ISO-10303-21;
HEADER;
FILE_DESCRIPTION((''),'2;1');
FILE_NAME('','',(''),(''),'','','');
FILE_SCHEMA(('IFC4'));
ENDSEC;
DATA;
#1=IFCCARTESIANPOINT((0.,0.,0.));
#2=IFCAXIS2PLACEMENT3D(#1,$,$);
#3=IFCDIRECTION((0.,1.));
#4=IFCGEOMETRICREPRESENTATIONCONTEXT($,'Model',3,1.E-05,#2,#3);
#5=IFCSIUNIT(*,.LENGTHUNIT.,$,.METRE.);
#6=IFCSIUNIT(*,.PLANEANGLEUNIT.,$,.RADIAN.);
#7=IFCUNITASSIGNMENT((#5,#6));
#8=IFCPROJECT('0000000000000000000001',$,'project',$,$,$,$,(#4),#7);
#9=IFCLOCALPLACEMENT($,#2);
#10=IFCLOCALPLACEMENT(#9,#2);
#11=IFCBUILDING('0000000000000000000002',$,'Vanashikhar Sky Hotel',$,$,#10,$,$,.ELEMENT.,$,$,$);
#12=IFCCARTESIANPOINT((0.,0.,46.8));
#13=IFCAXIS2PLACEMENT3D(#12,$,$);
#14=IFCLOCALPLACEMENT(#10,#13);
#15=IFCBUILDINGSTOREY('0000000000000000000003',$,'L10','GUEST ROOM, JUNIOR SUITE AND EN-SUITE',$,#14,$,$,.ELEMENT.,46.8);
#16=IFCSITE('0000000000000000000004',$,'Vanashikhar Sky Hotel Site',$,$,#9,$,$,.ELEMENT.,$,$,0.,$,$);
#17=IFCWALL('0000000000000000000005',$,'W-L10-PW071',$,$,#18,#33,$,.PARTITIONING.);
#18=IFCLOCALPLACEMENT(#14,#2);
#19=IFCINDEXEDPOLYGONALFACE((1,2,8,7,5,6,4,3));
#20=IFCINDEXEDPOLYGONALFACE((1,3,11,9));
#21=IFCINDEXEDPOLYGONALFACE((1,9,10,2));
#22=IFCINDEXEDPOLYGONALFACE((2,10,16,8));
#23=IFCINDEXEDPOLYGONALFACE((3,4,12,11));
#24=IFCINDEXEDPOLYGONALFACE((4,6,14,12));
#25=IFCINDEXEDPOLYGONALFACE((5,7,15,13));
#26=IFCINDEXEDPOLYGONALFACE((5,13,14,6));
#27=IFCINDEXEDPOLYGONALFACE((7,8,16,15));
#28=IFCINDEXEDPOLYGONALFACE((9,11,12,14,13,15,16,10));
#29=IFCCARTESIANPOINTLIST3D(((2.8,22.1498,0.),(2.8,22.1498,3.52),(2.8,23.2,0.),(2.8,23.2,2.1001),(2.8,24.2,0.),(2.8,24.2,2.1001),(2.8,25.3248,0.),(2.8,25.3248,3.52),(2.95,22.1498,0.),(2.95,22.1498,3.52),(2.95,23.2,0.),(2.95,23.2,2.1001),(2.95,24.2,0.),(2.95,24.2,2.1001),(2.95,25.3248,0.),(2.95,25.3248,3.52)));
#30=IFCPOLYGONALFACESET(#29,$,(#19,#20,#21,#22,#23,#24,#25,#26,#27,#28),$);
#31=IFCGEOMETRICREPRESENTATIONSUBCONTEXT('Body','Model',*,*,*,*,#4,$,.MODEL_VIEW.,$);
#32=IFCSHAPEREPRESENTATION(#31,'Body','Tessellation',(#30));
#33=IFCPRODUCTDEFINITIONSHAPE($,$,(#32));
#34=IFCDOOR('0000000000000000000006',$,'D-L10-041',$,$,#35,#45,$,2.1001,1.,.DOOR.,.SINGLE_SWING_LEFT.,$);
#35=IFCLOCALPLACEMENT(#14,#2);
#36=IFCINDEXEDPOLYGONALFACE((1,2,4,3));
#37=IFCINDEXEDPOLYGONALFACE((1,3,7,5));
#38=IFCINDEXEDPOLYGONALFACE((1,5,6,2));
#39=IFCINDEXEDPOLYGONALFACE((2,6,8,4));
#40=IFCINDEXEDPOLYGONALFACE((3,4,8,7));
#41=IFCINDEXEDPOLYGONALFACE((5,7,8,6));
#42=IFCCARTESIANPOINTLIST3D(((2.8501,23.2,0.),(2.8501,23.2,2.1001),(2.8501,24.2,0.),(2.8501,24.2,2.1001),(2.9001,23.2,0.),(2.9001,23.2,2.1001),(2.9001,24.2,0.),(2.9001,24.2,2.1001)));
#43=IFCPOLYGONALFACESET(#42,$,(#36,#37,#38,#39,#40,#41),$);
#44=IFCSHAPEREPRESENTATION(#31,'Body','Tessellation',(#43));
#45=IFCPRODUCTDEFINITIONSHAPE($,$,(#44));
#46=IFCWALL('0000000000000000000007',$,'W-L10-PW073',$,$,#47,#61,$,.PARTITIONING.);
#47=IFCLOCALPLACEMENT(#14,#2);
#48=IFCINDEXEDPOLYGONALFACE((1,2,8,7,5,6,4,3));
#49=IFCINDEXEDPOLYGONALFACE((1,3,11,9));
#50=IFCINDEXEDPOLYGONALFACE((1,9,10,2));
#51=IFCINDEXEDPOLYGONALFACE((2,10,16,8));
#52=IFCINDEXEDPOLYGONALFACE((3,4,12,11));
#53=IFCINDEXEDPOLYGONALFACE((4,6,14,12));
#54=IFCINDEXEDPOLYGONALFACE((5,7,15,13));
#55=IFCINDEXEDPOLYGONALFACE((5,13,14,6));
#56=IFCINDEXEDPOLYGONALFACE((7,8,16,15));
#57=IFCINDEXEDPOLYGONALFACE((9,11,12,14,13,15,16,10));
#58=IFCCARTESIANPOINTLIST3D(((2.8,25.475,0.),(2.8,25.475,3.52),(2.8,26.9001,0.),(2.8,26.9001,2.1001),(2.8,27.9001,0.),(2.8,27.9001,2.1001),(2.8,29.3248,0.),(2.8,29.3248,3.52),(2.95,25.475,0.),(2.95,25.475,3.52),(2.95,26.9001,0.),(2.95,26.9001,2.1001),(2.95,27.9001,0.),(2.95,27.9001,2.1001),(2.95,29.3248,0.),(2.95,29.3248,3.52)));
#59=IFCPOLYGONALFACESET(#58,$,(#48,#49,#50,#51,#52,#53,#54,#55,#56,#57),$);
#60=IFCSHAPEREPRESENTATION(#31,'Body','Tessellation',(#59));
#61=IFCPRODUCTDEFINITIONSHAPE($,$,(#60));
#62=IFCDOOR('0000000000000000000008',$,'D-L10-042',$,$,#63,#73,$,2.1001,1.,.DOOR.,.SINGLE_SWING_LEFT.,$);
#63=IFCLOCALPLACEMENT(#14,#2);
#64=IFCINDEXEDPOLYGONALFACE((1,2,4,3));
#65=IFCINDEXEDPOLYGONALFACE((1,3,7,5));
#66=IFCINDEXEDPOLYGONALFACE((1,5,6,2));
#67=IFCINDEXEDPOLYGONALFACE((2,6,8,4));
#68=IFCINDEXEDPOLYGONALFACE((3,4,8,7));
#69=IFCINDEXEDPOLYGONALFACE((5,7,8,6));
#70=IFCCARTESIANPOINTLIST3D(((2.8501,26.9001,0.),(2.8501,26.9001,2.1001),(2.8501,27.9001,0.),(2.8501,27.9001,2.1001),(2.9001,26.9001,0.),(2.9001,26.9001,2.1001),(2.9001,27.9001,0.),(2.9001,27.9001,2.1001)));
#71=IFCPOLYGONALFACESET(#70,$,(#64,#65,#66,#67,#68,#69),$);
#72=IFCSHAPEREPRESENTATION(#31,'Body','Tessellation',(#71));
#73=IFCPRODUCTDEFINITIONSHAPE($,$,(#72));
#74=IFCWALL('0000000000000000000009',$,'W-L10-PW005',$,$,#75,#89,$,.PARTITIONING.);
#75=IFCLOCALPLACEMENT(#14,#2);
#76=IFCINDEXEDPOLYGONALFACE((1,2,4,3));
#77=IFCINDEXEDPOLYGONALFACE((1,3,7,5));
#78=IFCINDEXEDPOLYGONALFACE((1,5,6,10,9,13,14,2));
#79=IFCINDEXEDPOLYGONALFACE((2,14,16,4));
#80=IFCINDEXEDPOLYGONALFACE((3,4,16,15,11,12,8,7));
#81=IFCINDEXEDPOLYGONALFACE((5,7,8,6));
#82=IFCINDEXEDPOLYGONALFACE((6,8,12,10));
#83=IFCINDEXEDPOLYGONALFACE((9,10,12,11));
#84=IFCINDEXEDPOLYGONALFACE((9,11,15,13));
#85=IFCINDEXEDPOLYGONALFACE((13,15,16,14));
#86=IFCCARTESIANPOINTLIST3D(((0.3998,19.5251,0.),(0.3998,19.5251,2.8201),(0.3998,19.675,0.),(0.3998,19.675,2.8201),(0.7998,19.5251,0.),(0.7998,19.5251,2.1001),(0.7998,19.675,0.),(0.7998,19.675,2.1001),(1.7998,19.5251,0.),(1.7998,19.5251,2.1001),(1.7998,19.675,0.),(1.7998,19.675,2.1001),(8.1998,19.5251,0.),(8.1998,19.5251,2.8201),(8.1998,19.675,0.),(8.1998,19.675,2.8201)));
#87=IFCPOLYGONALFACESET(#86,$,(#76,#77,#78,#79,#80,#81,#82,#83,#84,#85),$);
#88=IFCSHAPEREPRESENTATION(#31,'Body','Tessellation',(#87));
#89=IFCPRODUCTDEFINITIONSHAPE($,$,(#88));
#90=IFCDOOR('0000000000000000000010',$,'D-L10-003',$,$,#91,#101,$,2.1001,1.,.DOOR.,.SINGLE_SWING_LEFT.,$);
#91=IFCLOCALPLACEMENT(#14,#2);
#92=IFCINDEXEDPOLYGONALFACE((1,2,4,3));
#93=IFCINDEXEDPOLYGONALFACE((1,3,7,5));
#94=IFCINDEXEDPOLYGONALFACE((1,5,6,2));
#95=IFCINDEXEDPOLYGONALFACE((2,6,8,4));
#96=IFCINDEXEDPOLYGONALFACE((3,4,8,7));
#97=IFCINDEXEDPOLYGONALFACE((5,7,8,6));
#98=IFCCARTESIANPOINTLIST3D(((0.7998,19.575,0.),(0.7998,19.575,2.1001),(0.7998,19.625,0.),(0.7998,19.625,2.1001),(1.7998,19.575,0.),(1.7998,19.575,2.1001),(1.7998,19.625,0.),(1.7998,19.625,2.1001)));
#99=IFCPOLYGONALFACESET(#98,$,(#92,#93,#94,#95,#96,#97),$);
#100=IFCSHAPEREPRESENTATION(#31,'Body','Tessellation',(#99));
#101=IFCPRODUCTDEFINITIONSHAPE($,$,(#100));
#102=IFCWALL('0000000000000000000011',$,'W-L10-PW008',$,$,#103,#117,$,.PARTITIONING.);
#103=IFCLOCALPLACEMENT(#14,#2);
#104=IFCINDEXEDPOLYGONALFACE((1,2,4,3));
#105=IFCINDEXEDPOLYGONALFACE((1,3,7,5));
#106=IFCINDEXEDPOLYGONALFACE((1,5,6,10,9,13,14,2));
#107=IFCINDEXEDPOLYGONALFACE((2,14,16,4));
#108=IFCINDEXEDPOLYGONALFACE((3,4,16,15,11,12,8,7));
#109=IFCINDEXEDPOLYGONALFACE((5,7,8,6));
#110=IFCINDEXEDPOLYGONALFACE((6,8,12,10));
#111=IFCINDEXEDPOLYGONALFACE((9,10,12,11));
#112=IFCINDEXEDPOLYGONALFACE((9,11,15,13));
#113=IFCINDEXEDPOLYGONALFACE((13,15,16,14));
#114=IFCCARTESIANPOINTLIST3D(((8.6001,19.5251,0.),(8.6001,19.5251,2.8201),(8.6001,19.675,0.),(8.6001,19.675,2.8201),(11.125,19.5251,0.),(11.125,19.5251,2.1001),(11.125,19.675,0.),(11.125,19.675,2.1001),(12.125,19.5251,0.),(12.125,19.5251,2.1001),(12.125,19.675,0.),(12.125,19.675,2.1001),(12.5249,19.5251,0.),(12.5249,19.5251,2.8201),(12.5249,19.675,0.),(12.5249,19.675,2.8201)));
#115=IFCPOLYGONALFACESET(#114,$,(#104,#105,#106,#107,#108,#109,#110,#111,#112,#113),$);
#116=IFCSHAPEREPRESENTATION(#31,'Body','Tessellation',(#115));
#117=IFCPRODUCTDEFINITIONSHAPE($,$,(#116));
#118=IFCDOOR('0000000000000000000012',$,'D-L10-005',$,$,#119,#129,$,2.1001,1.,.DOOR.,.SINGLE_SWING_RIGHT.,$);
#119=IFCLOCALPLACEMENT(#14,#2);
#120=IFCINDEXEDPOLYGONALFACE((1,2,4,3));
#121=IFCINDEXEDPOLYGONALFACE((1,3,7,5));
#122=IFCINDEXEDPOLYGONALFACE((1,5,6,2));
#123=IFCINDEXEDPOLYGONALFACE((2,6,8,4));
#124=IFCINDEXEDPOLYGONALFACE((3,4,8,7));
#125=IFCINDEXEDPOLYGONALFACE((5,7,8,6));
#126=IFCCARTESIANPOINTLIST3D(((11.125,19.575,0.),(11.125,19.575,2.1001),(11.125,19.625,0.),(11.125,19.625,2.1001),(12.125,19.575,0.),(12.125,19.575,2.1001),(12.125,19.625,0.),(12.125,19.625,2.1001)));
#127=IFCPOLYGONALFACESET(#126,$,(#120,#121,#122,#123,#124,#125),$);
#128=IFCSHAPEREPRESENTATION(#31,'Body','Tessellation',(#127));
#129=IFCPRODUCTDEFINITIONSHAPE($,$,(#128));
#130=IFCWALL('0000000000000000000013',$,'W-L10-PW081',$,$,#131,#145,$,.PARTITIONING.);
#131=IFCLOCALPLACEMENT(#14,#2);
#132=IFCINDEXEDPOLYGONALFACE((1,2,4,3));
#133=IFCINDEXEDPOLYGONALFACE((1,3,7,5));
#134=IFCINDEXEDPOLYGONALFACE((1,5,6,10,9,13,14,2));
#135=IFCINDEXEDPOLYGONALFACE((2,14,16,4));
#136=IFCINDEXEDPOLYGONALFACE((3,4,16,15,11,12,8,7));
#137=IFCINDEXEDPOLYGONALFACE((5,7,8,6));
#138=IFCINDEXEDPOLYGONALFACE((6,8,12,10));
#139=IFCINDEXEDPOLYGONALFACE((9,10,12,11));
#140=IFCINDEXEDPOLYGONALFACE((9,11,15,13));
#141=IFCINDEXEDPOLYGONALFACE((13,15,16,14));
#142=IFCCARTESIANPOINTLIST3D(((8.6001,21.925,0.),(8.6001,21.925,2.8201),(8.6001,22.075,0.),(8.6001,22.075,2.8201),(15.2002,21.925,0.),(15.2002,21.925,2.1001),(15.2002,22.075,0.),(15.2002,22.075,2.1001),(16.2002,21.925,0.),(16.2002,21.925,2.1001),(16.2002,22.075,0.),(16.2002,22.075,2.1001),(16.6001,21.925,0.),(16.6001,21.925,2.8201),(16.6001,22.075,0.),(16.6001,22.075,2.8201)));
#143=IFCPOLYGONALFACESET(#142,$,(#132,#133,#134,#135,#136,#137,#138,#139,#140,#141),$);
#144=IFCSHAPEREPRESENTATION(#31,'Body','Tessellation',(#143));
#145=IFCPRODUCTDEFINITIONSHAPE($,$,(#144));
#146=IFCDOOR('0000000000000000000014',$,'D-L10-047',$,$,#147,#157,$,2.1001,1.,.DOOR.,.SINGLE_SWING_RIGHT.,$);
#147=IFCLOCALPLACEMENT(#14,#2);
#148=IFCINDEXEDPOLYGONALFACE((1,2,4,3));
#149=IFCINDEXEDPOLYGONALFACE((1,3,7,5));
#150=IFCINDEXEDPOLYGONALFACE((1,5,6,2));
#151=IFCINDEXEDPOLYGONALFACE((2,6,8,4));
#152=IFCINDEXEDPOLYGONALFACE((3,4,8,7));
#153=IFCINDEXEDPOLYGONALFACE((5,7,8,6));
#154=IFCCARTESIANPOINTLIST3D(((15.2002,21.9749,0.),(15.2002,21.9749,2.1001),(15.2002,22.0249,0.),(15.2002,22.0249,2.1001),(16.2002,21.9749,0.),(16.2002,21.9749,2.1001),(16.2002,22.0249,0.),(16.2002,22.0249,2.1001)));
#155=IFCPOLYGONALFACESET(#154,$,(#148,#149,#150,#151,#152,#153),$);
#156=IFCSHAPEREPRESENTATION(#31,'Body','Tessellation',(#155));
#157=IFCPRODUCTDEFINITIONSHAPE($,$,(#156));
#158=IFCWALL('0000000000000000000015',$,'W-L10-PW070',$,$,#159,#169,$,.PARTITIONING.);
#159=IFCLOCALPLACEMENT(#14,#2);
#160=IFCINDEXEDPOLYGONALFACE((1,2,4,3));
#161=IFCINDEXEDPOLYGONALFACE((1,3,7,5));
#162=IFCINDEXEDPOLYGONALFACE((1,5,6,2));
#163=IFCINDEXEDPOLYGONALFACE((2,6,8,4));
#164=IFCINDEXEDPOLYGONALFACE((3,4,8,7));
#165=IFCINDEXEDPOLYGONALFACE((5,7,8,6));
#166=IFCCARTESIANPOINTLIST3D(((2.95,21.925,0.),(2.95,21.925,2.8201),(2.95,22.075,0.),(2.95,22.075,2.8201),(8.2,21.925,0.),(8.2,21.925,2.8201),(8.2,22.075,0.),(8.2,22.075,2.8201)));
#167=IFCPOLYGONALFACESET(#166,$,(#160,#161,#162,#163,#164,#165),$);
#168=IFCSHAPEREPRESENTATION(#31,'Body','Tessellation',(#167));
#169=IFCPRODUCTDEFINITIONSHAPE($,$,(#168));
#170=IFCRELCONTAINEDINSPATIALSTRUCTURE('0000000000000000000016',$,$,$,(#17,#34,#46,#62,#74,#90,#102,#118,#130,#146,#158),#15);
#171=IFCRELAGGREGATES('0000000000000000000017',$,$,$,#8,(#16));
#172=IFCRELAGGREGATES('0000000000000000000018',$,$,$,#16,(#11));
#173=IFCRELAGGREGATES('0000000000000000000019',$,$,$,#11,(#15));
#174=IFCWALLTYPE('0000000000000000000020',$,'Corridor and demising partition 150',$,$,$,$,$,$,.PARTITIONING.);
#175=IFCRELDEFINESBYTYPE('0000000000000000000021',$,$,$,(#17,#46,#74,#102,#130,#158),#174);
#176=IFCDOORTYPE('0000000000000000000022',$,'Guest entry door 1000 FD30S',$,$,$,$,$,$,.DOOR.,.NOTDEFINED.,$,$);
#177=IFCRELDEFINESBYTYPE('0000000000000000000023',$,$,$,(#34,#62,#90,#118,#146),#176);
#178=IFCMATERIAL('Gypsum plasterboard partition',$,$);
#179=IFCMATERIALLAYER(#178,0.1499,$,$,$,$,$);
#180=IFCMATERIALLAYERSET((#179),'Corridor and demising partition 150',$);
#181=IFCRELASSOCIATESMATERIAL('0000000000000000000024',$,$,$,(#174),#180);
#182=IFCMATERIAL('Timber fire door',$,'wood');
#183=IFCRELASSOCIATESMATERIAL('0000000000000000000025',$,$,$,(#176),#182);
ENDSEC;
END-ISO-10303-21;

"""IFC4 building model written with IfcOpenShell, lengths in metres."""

from ifc_helpers import new_model, si_unit, direction, frame, frame_2d, origin, place, context, subcontext, project, spatial, rectangle, extrude, source, transform, mapped, material, layer, layer_set, type_object, element, fill, save


model = new_model("IFC4")

# Units and contexts
model_context = context("Model", 3, precision=1e-05, world=origin(), true_north=direction((0.0, 1.0)))
body_context = subcontext(model_context, "Body", "Model", "MODEL_VIEW")
ifc_project = project(units=[si_unit("LENGTHUNIT", "METRE"), si_unit("PLANEANGLEUNIT", "RADIAN")], contexts=[model_context])

# Site, building, storey
site_placement = place(None, origin())
site = spatial("IfcSite", under=ifc_project, at=site_placement, Name="Vanashikhar Sky Hotel Site", CompositionType="ELEMENT", RefElevation=0.0)
building_placement = place(site_placement, origin())
building = spatial("IfcBuilding", under=site, at=building_placement, Name="Vanashikhar Sky Hotel", CompositionType="ELEMENT")
storey_placement = place(building_placement, frame((0.0, 0.0, 46.8)))
storey = spatial("IfcBuildingStorey", under=building, at=storey_placement, Name="L10", Description="GUEST ROOM, JUNIOR SUITE AND EN-SUITE", CompositionType="ELEMENT", Elevation=46.8)

# Walls, openings, doors
ifc_material_1 = material(Name="Gypsum plasterboard partition")
ifc_layer_1 = layer(ifc_material_1, 0.1499)
ifc_layer_set_1 = layer_set([ifc_layer_1], Name="Corridor and demising partition 150")
wall_type_1 = type_object("IfcWallType", Name="Corridor and demising partition 150", PredefinedType="PARTITIONING", material=ifc_layer_set_1)
shared_shape_1 = source(origin(), body_context, "Body", "SweptSolid", [
    extrude(rectangle(XDim=3.175, YDim=0.1499, at=frame_2d((1.5874, 0.0))), origin(), (0.0, 0.0, 1.0), 3.52),
])
wall_1_placement = place(storey_placement, frame((2.875, 22.1499, 0.0), z_axis=(0.0, 0.0, 1.0), x_axis=(0.0, 1.0, 0.0)))
wall_1 = element("IfcWall", 1, at=wall_1_placement, inside=storey, type_object=wall_type_1, Name="W-L10-PW071", PredefinedType="PARTITIONING", context=body_context, shape_type="MappedRepresentation", body=[
    mapped(shared_shape_1, transform((0.0, 0.0, 0.0), scale=1.0)),
])
shared_shape_2 = source(origin(), body_context, "Body", "SweptSolid", [
    extrude(rectangle(XDim=1.0, YDim=2.1001, at=frame_2d((0.5, 1.05))), frame((0.0, 0.085, 0.0), z_axis=(0.0, -1.0, 0.0), x_axis=(1.0, 0.0, 0.0)), (0.0, 0.0, 1.0), 0.1699),
])
opening_1_placement = place(wall_1_placement, frame((1.05, 0.0, 0.0)))
opening_1 = element("IfcOpeningElement", 2, at=opening_1_placement, cuts=wall_1, PredefinedType="OPENING", context=body_context, shape_type="MappedRepresentation", body=[
    mapped(shared_shape_2, transform((0.0, 0.0, 0.0), scale=1.0)),
])
ifc_material_2 = material(Name="Timber fire door", Category="wood")
door_type = type_object("IfcDoorType", Name="Guest entry door 1000 FD30S", OperationType="NOTDEFINED", PredefinedType="DOOR", material=ifc_material_2)
shared_shape_3 = source(origin(), body_context, "Body", "SweptSolid", [
    extrude(rectangle(XDim=1.0, YDim=2.1001, at=frame_2d((0.5, 1.05))), frame((0.0, 0.0249, 0.0), z_axis=(0.0, -1.0, 0.0), x_axis=(1.0, 0.0, 0.0)), (0.0, 0.0, 1.0), 0.05),
])
door_1_placement = place(opening_1_placement, origin())
door_1 = element("IfcDoor", 3, at=door_1_placement, inside=storey, type_object=door_type, Name="D-L10-041", OperationType="SINGLE_SWING_LEFT", OverallHeight=2.1001, OverallWidth=1.0, PredefinedType="DOOR", context=body_context, shape_type="MappedRepresentation", body=[
    mapped(shared_shape_3, transform((0.0, 0.0, 0.0), scale=1.0)),
])
fill(opening_1, door_1)
shared_shape_4 = source(origin(), body_context, "Body", "SweptSolid", [
    extrude(rectangle(XDim=3.8499, YDim=0.1499, at=frame_2d((1.9248, 0.0))), origin(), (0.0, 0.0, 1.0), 3.52),
])
wall_2_placement = place(storey_placement, frame((2.875, 25.4751, 0.0), z_axis=(0.0, 0.0, 1.0), x_axis=(0.0, 1.0, 0.0)))
wall_2 = element("IfcWall", 4, at=wall_2_placement, inside=storey, type_object=wall_type_1, Name="W-L10-PW073", PredefinedType="PARTITIONING", context=body_context, shape_type="MappedRepresentation", body=[
    mapped(shared_shape_4, transform((0.0, 0.0, 0.0), scale=1.0)),
])
opening_2_placement = place(wall_2_placement, frame((1.425, 0.0, 0.0)))
opening_2 = element("IfcOpeningElement", 5, at=opening_2_placement, cuts=wall_2, PredefinedType="OPENING", context=body_context, shape_type="MappedRepresentation", body=[
    mapped(shared_shape_2, transform((0.0, 0.0, 0.0), scale=1.0)),
])
door_2_placement = place(opening_2_placement, origin())
door_2 = element("IfcDoor", 6, at=door_2_placement, inside=storey, type_object=door_type, Name="D-L10-042", OperationType="SINGLE_SWING_LEFT", OverallHeight=2.1001, OverallWidth=1.0, PredefinedType="DOOR", context=body_context, shape_type="MappedRepresentation", body=[
    mapped(shared_shape_3, transform((0.0, 0.0, 0.0), scale=1.0)),
])
fill(opening_2, door_2)
shared_shape_5 = source(origin(), body_context, "Body", "SweptSolid", [
    extrude(rectangle(XDim=7.8, YDim=0.1499, at=frame_2d((3.8999, 0.0))), origin(), (0.0, 0.0, 1.0), 2.8201),
])
wall_3_placement = place(storey_placement, frame((0.3999, 19.6001, 0.0), z_axis=(0.0, 0.0, 1.0), x_axis=(1.0, 0.0, 0.0)))
wall_3 = element("IfcWall", 7, at=wall_3_placement, inside=storey, type_object=wall_type_1, Name="W-L10-PW005", PredefinedType="PARTITIONING", context=body_context, shape_type="MappedRepresentation", body=[
    mapped(shared_shape_5, transform((0.0, 0.0, 0.0), scale=1.0)),
])
opening_3_placement = place(wall_3_placement, frame((0.3999, 0.0, 0.0)))
opening_3 = element("IfcOpeningElement", 8, at=opening_3_placement, cuts=wall_3, PredefinedType="OPENING", context=body_context, shape_type="MappedRepresentation", body=[
    mapped(shared_shape_2, transform((0.0, 0.0, 0.0), scale=1.0)),
])
door_3_placement = place(opening_3_placement, origin())
door_3 = element("IfcDoor", 9, at=door_3_placement, inside=storey, type_object=door_type, Name="D-L10-003", OperationType="SINGLE_SWING_LEFT", OverallHeight=2.1001, OverallWidth=1.0, PredefinedType="DOOR", context=body_context, shape_type="MappedRepresentation", body=[
    mapped(shared_shape_3, transform((0.0, 0.0, 0.0), scale=1.0)),
])
fill(opening_3, door_3)
shared_shape_6 = source(origin(), body_context, "Body", "SweptSolid", [
    extrude(rectangle(XDim=3.9248, YDim=0.1499, at=frame_2d((1.9624, 0.0))), origin(), (0.0, 0.0, 1.0), 2.8201),
])
wall_4_placement = place(storey_placement, frame((8.6001, 19.6001, 0.0), z_axis=(0.0, 0.0, 1.0), x_axis=(1.0, 0.0, 0.0)))
wall_4 = element("IfcWall", 10, at=wall_4_placement, inside=storey, type_object=wall_type_1, Name="W-L10-PW008", PredefinedType="PARTITIONING", context=body_context, shape_type="MappedRepresentation", body=[
    mapped(shared_shape_6, transform((0.0, 0.0, 0.0), scale=1.0)),
])
opening_4_placement = place(wall_4_placement, frame((2.5249, 0.0, 0.0)))
opening_4 = element("IfcOpeningElement", 11, at=opening_4_placement, cuts=wall_4, PredefinedType="OPENING", context=body_context, shape_type="MappedRepresentation", body=[
    mapped(shared_shape_2, transform((0.0, 0.0, 0.0), scale=1.0)),
])
door_4_placement = place(opening_4_placement, origin())
door_4 = element("IfcDoor", 12, at=door_4_placement, inside=storey, type_object=door_type, Name="D-L10-005", OperationType="SINGLE_SWING_RIGHT", OverallHeight=2.1001, OverallWidth=1.0, PredefinedType="DOOR", context=body_context, shape_type="MappedRepresentation", body=[
    mapped(shared_shape_3, transform((0.0, 0.0, 0.0), scale=1.0)),
])
fill(opening_4, door_4)
shared_shape_7 = source(origin(), body_context, "Body", "SweptSolid", [
    extrude(rectangle(XDim=8.0, YDim=0.1499, at=frame_2d((4.0, 0.0))), origin(), (0.0, 0.0, 1.0), 2.8201),
])
wall_5_placement = place(storey_placement, frame((8.6001, 22.0, 0.0), z_axis=(0.0, 0.0, 1.0), x_axis=(1.0, 0.0, 0.0)))
wall_5 = element("IfcWall", 13, at=wall_5_placement, inside=storey, type_object=wall_type_1, Name="W-L10-PW081", PredefinedType="PARTITIONING", context=body_context, shape_type="MappedRepresentation", body=[
    mapped(shared_shape_7, transform((0.0, 0.0, 0.0), scale=1.0)),
])
opening_5_placement = place(wall_5_placement, frame((6.6001, 0.0, 0.0)))
opening_5 = element("IfcOpeningElement", 14, at=opening_5_placement, cuts=wall_5, PredefinedType="OPENING", context=body_context, shape_type="MappedRepresentation", body=[
    mapped(shared_shape_2, transform((0.0, 0.0, 0.0), scale=1.0)),
])
door_5_placement = place(opening_5_placement, origin())
door_5 = element("IfcDoor", 15, at=door_5_placement, inside=storey, type_object=door_type, Name="D-L10-047", OperationType="SINGLE_SWING_RIGHT", OverallHeight=2.1001, OverallWidth=1.0, PredefinedType="DOOR", context=body_context, shape_type="MappedRepresentation", body=[
    mapped(shared_shape_3, transform((0.0, 0.0, 0.0), scale=1.0)),
])
fill(opening_5, door_5)

# Wall
shared_shape_8 = source(origin(), body_context, "Body", "SweptSolid", [
    extrude(rectangle(XDim=5.25, YDim=0.1499, at=frame_2d((2.625, 0.0))), origin(), (0.0, 0.0, 1.0), 2.8201),
])
wall_6_placement = place(storey_placement, frame((2.95, 22.0, 0.0), z_axis=(0.0, 0.0, 1.0), x_axis=(1.0, 0.0, 0.0)))
element("IfcWall", 16, at=wall_6_placement, inside=storey, type_object=wall_type_1, Name="W-L10-PW070", PredefinedType="PARTITIONING", context=body_context, shape_type="MappedRepresentation", body=[
    mapped(shared_shape_8, transform((0.0, 0.0, 0.0), scale=1.0)),
])

save(model, "model.ifc")
